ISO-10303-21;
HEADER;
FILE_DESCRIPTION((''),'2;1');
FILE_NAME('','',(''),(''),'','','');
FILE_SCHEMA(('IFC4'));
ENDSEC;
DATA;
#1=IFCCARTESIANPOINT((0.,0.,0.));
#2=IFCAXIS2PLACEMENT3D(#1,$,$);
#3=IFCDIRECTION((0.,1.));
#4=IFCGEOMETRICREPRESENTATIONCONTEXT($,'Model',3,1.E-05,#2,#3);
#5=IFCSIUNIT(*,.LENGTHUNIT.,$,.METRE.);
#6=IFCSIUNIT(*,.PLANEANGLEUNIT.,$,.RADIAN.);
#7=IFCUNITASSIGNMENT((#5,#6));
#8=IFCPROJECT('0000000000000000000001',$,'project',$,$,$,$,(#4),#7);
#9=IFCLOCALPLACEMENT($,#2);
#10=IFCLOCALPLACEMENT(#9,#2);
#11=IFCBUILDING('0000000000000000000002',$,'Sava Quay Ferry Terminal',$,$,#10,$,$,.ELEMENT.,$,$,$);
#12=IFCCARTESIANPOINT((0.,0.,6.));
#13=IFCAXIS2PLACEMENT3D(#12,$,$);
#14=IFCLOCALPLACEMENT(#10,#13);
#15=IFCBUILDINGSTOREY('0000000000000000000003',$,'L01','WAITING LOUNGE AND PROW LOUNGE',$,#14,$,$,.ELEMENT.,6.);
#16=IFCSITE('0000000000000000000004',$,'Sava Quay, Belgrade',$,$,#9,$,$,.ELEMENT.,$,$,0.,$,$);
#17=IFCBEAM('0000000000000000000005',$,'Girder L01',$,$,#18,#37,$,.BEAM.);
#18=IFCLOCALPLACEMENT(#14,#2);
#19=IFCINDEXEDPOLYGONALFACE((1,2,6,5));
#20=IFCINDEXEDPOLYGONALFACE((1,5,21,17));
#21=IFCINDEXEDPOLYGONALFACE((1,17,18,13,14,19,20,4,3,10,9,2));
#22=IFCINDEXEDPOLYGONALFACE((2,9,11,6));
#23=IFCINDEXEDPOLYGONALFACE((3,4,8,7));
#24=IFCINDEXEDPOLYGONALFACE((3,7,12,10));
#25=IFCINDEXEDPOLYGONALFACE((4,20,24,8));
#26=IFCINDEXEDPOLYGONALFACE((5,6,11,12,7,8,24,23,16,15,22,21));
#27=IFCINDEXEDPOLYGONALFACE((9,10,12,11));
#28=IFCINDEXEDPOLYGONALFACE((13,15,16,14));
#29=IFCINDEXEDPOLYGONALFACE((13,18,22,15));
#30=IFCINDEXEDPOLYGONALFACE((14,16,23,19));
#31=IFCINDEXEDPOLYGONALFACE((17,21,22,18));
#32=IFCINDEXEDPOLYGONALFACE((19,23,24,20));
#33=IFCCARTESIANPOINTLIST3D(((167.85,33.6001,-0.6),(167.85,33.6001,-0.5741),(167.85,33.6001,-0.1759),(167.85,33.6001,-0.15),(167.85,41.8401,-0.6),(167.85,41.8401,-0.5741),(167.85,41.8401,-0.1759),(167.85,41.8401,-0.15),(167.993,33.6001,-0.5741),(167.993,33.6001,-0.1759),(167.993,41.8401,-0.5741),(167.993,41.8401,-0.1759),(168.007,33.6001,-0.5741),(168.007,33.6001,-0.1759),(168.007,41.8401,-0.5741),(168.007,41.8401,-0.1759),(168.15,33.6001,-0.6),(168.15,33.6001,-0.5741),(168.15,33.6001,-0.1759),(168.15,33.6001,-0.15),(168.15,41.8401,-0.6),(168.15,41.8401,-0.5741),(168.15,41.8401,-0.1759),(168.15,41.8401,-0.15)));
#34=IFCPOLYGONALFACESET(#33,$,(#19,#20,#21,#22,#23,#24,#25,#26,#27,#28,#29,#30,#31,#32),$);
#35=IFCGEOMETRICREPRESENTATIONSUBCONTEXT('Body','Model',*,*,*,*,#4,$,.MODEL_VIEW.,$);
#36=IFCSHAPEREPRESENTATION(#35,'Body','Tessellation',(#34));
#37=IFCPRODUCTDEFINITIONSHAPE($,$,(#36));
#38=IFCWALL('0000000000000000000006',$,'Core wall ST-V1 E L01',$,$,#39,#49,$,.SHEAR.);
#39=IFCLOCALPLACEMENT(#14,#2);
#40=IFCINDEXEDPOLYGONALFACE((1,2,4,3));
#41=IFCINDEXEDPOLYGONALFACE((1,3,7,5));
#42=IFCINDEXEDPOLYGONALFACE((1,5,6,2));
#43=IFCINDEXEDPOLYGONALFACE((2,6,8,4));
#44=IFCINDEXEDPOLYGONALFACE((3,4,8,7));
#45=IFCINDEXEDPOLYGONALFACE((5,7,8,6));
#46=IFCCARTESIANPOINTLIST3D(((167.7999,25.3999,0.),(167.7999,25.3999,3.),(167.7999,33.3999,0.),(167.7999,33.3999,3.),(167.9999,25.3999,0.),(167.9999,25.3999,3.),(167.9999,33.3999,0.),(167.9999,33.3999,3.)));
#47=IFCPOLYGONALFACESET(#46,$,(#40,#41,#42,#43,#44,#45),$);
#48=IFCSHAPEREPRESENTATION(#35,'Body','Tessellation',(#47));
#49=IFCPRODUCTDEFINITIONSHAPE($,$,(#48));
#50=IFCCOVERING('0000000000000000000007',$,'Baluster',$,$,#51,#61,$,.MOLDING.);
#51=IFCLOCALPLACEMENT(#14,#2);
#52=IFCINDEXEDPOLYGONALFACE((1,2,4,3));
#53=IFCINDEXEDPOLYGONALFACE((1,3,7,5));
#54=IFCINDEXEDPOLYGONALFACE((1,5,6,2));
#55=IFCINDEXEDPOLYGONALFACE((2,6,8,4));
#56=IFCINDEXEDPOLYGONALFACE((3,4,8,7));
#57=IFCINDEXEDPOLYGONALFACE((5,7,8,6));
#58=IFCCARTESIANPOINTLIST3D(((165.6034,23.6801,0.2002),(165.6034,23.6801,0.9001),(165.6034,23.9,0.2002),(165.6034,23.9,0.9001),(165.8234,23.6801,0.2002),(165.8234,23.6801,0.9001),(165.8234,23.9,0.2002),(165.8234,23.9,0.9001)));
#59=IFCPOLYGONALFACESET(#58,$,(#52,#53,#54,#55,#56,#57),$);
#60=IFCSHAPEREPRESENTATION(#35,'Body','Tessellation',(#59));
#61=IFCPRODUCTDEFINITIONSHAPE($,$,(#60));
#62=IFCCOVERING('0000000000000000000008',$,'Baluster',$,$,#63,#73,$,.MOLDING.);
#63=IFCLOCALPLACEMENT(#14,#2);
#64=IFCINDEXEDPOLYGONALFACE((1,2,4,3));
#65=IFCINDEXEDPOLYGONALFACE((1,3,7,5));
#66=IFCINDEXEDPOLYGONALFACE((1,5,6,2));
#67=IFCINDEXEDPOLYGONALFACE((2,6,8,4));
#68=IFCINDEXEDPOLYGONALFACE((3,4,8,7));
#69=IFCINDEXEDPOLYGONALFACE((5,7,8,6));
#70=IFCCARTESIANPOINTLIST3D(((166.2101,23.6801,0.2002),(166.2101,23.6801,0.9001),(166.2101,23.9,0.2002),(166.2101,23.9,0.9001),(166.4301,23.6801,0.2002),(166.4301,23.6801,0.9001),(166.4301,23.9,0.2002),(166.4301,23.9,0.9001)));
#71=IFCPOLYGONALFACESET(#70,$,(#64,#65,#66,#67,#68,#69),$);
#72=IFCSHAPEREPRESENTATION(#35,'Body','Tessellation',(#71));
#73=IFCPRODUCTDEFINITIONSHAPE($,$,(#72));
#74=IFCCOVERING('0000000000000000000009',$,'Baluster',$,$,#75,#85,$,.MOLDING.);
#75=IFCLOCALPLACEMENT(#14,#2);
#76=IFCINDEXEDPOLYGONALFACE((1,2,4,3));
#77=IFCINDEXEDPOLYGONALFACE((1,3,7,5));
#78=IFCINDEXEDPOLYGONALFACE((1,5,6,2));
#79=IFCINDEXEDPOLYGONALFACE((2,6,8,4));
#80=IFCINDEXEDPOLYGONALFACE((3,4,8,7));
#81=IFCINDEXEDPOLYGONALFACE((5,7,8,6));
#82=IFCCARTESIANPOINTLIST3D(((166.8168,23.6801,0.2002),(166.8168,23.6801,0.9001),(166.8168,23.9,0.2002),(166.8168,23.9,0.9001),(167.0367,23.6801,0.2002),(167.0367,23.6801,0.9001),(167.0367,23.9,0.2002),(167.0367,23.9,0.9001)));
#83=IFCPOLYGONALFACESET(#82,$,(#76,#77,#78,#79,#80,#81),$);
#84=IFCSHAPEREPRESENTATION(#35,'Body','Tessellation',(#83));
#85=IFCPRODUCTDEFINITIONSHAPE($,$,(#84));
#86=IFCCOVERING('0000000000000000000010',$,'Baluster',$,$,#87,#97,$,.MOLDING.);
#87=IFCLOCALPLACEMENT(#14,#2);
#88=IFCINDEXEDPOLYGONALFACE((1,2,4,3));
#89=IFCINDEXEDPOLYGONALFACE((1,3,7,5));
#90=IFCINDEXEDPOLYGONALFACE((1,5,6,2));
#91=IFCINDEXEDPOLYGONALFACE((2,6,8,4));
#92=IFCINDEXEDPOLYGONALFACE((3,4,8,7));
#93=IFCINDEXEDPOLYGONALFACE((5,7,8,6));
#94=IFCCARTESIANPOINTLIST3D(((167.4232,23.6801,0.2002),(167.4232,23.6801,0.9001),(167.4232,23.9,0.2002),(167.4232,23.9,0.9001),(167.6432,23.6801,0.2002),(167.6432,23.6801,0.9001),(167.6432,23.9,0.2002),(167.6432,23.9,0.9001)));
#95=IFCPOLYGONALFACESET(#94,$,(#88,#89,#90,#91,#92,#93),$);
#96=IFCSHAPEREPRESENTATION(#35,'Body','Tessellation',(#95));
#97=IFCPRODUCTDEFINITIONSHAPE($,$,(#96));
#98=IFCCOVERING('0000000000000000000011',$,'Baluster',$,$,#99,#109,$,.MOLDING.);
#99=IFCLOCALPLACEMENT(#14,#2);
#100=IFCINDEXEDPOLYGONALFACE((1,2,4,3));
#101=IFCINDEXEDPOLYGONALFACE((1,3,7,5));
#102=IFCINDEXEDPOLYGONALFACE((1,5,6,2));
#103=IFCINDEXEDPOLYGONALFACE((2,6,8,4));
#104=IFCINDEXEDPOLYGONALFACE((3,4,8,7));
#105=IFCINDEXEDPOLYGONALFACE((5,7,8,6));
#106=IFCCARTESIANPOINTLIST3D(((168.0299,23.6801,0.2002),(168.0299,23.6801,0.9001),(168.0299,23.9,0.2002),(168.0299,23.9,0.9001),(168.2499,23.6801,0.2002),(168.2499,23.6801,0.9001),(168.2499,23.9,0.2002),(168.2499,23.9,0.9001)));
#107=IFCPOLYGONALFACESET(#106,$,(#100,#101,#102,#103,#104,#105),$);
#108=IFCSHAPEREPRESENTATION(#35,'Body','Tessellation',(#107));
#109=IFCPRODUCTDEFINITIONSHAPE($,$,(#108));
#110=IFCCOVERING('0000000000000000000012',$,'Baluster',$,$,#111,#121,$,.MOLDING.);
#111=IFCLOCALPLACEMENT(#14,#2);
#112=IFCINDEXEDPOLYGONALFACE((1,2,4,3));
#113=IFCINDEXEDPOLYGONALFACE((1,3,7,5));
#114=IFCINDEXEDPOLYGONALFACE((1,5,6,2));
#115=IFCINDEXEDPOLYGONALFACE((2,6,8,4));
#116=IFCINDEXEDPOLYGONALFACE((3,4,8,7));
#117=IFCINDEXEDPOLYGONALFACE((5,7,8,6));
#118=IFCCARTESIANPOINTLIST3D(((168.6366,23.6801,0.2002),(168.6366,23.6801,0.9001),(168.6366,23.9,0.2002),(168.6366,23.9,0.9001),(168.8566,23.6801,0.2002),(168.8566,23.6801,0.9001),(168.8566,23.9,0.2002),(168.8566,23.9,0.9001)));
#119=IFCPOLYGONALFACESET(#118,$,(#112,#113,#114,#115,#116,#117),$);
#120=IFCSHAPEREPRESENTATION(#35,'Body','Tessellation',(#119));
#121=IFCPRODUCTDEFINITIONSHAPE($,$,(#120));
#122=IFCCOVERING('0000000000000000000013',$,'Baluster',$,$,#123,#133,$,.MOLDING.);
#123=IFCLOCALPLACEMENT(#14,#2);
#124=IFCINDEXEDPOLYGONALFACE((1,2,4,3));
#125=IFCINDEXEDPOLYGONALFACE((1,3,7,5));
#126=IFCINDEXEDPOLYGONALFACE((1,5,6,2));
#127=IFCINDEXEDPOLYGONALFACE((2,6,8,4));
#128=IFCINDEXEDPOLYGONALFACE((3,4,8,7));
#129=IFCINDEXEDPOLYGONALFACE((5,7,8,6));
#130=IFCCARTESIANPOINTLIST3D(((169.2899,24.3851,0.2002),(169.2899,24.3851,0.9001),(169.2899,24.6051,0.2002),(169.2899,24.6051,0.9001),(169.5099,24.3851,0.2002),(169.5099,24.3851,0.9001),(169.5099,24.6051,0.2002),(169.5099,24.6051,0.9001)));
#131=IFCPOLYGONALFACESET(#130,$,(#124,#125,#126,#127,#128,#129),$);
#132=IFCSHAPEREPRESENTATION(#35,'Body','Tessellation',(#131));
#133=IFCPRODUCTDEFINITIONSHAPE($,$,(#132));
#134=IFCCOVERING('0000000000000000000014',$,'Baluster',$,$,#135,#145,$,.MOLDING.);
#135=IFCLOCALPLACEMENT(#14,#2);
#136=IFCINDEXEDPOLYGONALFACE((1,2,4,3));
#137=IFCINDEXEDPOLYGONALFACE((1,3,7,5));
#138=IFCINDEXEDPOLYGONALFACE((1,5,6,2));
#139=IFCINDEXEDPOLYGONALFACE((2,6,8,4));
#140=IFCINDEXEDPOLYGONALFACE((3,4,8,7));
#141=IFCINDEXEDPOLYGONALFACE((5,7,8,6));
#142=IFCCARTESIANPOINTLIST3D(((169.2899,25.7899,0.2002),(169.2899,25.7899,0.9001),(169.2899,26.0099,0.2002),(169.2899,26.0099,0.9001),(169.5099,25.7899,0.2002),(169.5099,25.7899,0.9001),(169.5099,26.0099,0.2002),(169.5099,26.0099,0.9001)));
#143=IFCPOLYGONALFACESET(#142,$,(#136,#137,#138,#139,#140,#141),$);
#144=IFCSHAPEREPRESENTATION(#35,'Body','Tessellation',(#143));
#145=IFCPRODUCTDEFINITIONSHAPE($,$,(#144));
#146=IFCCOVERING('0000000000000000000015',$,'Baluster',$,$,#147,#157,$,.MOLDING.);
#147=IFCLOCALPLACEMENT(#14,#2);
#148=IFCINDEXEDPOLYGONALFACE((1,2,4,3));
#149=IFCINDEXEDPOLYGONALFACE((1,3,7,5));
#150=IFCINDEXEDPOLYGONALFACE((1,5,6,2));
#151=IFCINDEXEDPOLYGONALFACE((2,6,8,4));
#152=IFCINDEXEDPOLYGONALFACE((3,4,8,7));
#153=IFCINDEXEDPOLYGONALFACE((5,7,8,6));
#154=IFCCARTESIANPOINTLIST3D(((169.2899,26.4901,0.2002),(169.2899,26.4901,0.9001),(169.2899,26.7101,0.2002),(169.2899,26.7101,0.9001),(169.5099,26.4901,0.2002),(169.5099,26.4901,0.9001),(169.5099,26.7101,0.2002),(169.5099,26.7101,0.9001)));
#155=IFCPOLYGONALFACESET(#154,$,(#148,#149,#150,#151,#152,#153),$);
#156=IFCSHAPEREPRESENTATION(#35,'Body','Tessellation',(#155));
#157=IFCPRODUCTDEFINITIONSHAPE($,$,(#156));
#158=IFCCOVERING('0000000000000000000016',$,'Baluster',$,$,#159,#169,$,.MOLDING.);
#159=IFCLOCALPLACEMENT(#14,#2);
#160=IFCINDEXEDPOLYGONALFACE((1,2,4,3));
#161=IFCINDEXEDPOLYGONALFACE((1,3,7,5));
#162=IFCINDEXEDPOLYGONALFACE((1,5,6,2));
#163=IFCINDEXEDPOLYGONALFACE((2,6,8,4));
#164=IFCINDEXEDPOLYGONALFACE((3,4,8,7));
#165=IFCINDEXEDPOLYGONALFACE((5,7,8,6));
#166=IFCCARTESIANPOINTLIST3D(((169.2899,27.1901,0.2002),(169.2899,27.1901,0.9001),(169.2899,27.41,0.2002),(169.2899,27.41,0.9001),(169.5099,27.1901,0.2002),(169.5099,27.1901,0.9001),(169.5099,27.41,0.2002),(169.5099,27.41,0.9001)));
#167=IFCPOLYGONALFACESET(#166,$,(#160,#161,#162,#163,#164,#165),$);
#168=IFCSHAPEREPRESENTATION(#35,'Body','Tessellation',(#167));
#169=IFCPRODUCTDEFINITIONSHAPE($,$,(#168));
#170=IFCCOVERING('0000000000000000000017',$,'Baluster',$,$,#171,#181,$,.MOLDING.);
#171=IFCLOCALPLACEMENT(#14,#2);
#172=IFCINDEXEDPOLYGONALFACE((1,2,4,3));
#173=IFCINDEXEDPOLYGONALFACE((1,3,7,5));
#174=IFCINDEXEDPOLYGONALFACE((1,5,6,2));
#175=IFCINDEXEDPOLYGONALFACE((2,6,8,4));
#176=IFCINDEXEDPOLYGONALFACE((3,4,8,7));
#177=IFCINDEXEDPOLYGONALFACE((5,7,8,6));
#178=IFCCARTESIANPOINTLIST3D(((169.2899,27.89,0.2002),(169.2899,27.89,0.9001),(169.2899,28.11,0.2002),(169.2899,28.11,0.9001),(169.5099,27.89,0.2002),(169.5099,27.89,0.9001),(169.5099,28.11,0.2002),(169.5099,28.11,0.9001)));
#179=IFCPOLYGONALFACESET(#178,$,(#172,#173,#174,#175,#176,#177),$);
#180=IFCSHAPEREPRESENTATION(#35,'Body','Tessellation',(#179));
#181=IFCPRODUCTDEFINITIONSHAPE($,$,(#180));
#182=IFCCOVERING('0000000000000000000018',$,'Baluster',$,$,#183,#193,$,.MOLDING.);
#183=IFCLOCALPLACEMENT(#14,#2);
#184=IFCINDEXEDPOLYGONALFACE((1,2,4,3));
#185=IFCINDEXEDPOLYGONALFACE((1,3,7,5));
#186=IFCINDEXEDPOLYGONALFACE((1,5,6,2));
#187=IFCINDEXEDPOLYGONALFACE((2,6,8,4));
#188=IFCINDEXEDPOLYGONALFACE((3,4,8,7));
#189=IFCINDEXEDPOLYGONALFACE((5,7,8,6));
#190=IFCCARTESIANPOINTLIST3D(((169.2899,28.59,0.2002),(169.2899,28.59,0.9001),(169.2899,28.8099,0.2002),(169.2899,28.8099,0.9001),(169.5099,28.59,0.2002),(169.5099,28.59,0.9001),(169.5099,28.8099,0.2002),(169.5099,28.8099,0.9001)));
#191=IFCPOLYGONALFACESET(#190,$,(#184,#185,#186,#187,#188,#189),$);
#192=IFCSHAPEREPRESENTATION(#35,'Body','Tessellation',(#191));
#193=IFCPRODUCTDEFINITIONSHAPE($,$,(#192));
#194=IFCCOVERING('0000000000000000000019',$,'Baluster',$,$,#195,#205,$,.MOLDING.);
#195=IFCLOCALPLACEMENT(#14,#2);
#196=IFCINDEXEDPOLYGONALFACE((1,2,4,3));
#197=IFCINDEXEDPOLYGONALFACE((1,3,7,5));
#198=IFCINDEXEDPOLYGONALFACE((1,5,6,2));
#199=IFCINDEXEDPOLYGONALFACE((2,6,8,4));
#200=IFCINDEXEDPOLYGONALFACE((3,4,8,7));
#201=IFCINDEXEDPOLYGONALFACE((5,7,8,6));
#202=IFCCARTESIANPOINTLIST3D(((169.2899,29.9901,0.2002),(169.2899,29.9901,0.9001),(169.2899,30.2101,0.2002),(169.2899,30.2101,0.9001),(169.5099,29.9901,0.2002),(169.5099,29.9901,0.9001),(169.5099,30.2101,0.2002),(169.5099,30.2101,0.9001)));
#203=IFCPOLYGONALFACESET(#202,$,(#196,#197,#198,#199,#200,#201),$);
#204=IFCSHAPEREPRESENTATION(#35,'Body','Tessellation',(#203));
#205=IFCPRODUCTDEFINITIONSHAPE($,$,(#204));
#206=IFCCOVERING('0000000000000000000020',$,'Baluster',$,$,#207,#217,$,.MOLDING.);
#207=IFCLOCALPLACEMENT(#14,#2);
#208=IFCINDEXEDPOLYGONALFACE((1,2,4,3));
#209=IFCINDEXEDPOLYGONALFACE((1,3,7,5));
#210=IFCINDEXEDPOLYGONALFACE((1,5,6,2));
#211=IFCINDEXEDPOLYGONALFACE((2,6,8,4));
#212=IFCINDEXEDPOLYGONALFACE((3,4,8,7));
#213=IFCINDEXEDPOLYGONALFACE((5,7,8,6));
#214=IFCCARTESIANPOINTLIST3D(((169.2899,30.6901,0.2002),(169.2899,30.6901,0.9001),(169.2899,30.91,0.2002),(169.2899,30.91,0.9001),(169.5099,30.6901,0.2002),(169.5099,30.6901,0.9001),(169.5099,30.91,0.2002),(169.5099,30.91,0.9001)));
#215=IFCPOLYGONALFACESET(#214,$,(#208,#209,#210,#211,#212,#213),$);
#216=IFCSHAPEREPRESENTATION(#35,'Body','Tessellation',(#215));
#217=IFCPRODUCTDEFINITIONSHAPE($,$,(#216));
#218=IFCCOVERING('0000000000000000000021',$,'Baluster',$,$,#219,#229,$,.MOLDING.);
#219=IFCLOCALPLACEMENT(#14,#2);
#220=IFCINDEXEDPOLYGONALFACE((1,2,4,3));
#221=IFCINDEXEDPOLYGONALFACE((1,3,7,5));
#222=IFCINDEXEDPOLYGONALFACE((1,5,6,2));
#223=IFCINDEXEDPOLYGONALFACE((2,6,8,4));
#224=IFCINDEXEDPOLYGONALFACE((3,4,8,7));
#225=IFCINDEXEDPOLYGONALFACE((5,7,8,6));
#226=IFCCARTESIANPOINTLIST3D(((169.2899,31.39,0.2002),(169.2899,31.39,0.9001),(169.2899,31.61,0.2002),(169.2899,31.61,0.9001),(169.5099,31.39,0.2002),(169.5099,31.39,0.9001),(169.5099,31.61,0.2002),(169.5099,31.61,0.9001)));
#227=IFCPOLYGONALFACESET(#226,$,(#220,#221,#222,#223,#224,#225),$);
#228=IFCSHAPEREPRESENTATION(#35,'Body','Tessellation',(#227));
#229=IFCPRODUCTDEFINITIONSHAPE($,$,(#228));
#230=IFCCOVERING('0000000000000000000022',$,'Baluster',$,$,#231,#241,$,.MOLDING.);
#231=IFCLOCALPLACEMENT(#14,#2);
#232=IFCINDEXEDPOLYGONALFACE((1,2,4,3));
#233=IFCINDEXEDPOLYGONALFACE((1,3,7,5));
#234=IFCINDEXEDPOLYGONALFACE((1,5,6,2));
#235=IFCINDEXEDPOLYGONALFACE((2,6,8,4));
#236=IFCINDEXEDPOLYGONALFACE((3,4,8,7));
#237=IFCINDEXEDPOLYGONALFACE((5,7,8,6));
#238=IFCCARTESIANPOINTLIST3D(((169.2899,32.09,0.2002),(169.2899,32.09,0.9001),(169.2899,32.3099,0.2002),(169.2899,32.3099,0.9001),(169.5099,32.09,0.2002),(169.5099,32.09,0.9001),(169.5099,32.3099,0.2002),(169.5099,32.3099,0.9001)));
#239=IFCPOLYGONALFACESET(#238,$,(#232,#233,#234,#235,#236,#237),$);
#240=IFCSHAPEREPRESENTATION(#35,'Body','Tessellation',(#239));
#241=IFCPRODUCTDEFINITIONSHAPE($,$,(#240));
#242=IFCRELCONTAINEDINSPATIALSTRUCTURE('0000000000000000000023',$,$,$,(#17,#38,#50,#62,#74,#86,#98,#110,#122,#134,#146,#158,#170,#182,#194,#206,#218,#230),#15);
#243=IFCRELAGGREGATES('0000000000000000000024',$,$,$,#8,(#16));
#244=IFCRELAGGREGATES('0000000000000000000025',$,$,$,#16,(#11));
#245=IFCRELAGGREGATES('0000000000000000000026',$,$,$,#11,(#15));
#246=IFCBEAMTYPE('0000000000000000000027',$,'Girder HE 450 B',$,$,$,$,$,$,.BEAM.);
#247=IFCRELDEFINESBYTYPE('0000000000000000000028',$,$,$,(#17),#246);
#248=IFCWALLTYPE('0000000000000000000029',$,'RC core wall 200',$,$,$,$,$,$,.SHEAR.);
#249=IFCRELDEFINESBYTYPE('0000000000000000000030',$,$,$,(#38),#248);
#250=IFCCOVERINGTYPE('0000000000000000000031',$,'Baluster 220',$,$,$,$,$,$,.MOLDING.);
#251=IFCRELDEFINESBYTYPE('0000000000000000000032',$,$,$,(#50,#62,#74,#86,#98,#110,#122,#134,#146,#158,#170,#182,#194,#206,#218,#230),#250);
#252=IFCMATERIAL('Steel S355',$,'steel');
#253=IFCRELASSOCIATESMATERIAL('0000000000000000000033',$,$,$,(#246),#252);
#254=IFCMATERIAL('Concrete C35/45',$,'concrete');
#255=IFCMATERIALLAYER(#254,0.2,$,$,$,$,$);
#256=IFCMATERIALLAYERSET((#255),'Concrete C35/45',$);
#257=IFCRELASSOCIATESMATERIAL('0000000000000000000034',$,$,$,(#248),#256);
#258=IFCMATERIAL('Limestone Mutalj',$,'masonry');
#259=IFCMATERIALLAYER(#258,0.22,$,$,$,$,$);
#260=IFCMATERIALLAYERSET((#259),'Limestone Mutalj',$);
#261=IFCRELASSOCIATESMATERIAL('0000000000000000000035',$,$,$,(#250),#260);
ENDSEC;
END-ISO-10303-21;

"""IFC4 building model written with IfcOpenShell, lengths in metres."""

from ifc_helpers import new_model, si_unit, direction, frame, frame_2d, origin, origin_2d, place, context, subcontext, project, spatial, rectangle, i_section, extrude, material, layer, layer_set, material_profile, profile_set, type_object, element, save


model = new_model("IFC4")

# Units and contexts
model_context = context("Model", 3, precision=1e-05, world=origin(), true_north=direction((0.0, 1.0)))
body_context = subcontext(model_context, "Body", "Model", "MODEL_VIEW")
ifc_project = project(units=[si_unit("LENGTHUNIT", "METRE"), si_unit("PLANEANGLEUNIT", "RADIAN")], contexts=[model_context])

# Site, building, storey
site_placement = place(None, origin())
site = spatial("IfcSite", under=ifc_project, at=site_placement, Name="Sava Quay, Belgrade", CompositionType="ELEMENT", RefElevation=0.0)
building_placement = place(site_placement, origin())
building = spatial("IfcBuilding", under=site, at=building_placement, Name="Sava Quay Ferry Terminal", CompositionType="ELEMENT")
storey_placement = place(building_placement, frame((0.0, 0.0, 6.0)))
storey = spatial("IfcBuildingStorey", under=building, at=storey_placement, Name="L01", Description="WAITING LOUNGE AND PROW LOUNGE", CompositionType="ELEMENT", Elevation=6.0)

# Beam
ifc_material_1 = material(Name="Steel S355", Category="steel")
ifc_material_profile = material_profile(ifc_material_1, i_section(OverallWidth=0.3, OverallDepth=0.45, WebThickness=0.0139, FlangeThickness=0.0259, at=origin_2d()), Name="HE 450 B")
ifc_profile_set = profile_set([ifc_material_profile], Name="Steel S355")
beam_type = type_object("IfcBeamType", Name="Girder HE 450 B", PredefinedType="BEAM", material=ifc_profile_set)
beam_placement = place(storey_placement, frame((168.0, 33.6001, -0.375), z_axis=(0.0, 1.0, 0.0), x_axis=(-1.0, 0.0, 0.0)))
element("IfcBeam", 1, at=beam_placement, inside=storey, type_object=beam_type, Name="Girder L01", PredefinedType="BEAM", context=body_context, shape_type="SweptSolid", body=[
    extrude(i_section(OverallWidth=0.3, OverallDepth=0.45, WebThickness=0.0139, FlangeThickness=0.0259, at=origin_2d()), origin(), (0.0, 0.0, 1.0), 8.24),
])

# Wall
ifc_material_2 = material(Name="Concrete C35/45", Category="concrete")
ifc_layer_1 = layer(ifc_material_2, 0.2)
ifc_layer_set_1 = layer_set([ifc_layer_1], Name="Concrete C35/45")
wall_type = type_object("IfcWallType", Name="RC core wall 200", PredefinedType="SHEAR", material=ifc_layer_set_1)
wall_placement = place(storey_placement, frame((167.8999, 25.3999, 0.0), z_axis=(0.0, 0.0, 1.0), x_axis=(0.0, 1.0, 0.0)))
element("IfcWall", 2, at=wall_placement, inside=storey, type_object=wall_type, Name="Core wall ST-V1 E L01", PredefinedType="SHEAR", context=body_context, shape_type="SweptSolid", body=[
    extrude(rectangle(XDim=8.0, YDim=0.2, at=frame_2d((4.0, 0.0))), origin(), (0.0, 0.0, 1.0), 3.0),
])

# Coverings
ifc_material_3 = material(Name="Limestone Mutalj", Category="masonry")
ifc_layer_2 = layer(ifc_material_3, 0.22)
ifc_layer_set_2 = layer_set([ifc_layer_2], Name="Limestone Mutalj")
covering_type_1 = type_object("IfcCoveringType", Name="Baluster 220", PredefinedType="MOLDING", material=ifc_layer_set_2)
for number, where, z_axis, x_axis, name in (
    (3, (165.7134, 23.79, 0.2002), (0.0, 0.0, 1.0), (1.0, 0.0, 0.0), "Baluster"),
    (4, (166.3201, 23.79, 0.2002), (0.0, 0.0, 1.0), (1.0, 0.0, 0.0), "Baluster"),
    (5, (166.9268, 23.79, 0.2002), (0.0, 0.0, 1.0), (1.0, 0.0, 0.0), "Baluster"),
    (6, (167.5332, 23.79, 0.2002), (0.0, 0.0, 1.0), (1.0, 0.0, 0.0), "Baluster"),
    (7, (168.1399, 23.79, 0.2002), (0.0, 0.0, 1.0), (1.0, 0.0, 0.0), "Baluster"),
    (8, (168.7466, 23.79, 0.2002), (0.0, 0.0, 1.0), (1.0, 0.0, 0.0), "Baluster"),
    (9, (169.3999, 24.4951, 0.2002), (0.0, 0.0, 1.0), (1.0, 0.0, 0.0), "Baluster"),
    (10, (169.3999, 25.8999, 0.2002), (0.0, 0.0, 1.0), (1.0, 0.0, 0.0), "Baluster"),
    (11, (169.3999, 26.6001, 0.2002), (0.0, 0.0, 1.0), (1.0, 0.0, 0.0), "Baluster"),
    (12, (169.3999, 27.3, 0.2002), (0.0, 0.0, 1.0), (1.0, 0.0, 0.0), "Baluster"),
    (13, (169.3999, 28.0, 0.2002), (0.0, 0.0, 1.0), (1.0, 0.0, 0.0), "Baluster"),
    (14, (169.3999, 28.7, 0.2002), (0.0, 0.0, 1.0), (1.0, 0.0, 0.0), "Baluster"),
    (15, (169.3999, 30.1001, 0.2002), (0.0, 0.0, 1.0), (1.0, 0.0, 0.0), "Baluster"),
    (16, (169.3999, 30.8, 0.2002), (0.0, 0.0, 1.0), (1.0, 0.0, 0.0), "Baluster"),
    (17, (169.3999, 31.5, 0.2002), (0.0, 0.0, 1.0), (1.0, 0.0, 0.0), "Baluster"),
    (18, (169.3999, 32.2, 0.2002), (0.0, 0.0, 1.0), (1.0, 0.0, 0.0), "Baluster"),
):
    element("IfcCovering", number, at=place(storey_placement, frame(where, z_axis=z_axis, x_axis=x_axis)), inside=storey, type_object=covering_type_1, Name=name, PredefinedType="MOLDING", context=body_context, shape_type="SweptSolid", body=[
        extrude(rectangle(XDim=0.22, YDim=0.22, at=origin_2d()), origin(), (0.0, 0.0, 1.0), 0.7),
    ])

save(model, "model.ifc")
